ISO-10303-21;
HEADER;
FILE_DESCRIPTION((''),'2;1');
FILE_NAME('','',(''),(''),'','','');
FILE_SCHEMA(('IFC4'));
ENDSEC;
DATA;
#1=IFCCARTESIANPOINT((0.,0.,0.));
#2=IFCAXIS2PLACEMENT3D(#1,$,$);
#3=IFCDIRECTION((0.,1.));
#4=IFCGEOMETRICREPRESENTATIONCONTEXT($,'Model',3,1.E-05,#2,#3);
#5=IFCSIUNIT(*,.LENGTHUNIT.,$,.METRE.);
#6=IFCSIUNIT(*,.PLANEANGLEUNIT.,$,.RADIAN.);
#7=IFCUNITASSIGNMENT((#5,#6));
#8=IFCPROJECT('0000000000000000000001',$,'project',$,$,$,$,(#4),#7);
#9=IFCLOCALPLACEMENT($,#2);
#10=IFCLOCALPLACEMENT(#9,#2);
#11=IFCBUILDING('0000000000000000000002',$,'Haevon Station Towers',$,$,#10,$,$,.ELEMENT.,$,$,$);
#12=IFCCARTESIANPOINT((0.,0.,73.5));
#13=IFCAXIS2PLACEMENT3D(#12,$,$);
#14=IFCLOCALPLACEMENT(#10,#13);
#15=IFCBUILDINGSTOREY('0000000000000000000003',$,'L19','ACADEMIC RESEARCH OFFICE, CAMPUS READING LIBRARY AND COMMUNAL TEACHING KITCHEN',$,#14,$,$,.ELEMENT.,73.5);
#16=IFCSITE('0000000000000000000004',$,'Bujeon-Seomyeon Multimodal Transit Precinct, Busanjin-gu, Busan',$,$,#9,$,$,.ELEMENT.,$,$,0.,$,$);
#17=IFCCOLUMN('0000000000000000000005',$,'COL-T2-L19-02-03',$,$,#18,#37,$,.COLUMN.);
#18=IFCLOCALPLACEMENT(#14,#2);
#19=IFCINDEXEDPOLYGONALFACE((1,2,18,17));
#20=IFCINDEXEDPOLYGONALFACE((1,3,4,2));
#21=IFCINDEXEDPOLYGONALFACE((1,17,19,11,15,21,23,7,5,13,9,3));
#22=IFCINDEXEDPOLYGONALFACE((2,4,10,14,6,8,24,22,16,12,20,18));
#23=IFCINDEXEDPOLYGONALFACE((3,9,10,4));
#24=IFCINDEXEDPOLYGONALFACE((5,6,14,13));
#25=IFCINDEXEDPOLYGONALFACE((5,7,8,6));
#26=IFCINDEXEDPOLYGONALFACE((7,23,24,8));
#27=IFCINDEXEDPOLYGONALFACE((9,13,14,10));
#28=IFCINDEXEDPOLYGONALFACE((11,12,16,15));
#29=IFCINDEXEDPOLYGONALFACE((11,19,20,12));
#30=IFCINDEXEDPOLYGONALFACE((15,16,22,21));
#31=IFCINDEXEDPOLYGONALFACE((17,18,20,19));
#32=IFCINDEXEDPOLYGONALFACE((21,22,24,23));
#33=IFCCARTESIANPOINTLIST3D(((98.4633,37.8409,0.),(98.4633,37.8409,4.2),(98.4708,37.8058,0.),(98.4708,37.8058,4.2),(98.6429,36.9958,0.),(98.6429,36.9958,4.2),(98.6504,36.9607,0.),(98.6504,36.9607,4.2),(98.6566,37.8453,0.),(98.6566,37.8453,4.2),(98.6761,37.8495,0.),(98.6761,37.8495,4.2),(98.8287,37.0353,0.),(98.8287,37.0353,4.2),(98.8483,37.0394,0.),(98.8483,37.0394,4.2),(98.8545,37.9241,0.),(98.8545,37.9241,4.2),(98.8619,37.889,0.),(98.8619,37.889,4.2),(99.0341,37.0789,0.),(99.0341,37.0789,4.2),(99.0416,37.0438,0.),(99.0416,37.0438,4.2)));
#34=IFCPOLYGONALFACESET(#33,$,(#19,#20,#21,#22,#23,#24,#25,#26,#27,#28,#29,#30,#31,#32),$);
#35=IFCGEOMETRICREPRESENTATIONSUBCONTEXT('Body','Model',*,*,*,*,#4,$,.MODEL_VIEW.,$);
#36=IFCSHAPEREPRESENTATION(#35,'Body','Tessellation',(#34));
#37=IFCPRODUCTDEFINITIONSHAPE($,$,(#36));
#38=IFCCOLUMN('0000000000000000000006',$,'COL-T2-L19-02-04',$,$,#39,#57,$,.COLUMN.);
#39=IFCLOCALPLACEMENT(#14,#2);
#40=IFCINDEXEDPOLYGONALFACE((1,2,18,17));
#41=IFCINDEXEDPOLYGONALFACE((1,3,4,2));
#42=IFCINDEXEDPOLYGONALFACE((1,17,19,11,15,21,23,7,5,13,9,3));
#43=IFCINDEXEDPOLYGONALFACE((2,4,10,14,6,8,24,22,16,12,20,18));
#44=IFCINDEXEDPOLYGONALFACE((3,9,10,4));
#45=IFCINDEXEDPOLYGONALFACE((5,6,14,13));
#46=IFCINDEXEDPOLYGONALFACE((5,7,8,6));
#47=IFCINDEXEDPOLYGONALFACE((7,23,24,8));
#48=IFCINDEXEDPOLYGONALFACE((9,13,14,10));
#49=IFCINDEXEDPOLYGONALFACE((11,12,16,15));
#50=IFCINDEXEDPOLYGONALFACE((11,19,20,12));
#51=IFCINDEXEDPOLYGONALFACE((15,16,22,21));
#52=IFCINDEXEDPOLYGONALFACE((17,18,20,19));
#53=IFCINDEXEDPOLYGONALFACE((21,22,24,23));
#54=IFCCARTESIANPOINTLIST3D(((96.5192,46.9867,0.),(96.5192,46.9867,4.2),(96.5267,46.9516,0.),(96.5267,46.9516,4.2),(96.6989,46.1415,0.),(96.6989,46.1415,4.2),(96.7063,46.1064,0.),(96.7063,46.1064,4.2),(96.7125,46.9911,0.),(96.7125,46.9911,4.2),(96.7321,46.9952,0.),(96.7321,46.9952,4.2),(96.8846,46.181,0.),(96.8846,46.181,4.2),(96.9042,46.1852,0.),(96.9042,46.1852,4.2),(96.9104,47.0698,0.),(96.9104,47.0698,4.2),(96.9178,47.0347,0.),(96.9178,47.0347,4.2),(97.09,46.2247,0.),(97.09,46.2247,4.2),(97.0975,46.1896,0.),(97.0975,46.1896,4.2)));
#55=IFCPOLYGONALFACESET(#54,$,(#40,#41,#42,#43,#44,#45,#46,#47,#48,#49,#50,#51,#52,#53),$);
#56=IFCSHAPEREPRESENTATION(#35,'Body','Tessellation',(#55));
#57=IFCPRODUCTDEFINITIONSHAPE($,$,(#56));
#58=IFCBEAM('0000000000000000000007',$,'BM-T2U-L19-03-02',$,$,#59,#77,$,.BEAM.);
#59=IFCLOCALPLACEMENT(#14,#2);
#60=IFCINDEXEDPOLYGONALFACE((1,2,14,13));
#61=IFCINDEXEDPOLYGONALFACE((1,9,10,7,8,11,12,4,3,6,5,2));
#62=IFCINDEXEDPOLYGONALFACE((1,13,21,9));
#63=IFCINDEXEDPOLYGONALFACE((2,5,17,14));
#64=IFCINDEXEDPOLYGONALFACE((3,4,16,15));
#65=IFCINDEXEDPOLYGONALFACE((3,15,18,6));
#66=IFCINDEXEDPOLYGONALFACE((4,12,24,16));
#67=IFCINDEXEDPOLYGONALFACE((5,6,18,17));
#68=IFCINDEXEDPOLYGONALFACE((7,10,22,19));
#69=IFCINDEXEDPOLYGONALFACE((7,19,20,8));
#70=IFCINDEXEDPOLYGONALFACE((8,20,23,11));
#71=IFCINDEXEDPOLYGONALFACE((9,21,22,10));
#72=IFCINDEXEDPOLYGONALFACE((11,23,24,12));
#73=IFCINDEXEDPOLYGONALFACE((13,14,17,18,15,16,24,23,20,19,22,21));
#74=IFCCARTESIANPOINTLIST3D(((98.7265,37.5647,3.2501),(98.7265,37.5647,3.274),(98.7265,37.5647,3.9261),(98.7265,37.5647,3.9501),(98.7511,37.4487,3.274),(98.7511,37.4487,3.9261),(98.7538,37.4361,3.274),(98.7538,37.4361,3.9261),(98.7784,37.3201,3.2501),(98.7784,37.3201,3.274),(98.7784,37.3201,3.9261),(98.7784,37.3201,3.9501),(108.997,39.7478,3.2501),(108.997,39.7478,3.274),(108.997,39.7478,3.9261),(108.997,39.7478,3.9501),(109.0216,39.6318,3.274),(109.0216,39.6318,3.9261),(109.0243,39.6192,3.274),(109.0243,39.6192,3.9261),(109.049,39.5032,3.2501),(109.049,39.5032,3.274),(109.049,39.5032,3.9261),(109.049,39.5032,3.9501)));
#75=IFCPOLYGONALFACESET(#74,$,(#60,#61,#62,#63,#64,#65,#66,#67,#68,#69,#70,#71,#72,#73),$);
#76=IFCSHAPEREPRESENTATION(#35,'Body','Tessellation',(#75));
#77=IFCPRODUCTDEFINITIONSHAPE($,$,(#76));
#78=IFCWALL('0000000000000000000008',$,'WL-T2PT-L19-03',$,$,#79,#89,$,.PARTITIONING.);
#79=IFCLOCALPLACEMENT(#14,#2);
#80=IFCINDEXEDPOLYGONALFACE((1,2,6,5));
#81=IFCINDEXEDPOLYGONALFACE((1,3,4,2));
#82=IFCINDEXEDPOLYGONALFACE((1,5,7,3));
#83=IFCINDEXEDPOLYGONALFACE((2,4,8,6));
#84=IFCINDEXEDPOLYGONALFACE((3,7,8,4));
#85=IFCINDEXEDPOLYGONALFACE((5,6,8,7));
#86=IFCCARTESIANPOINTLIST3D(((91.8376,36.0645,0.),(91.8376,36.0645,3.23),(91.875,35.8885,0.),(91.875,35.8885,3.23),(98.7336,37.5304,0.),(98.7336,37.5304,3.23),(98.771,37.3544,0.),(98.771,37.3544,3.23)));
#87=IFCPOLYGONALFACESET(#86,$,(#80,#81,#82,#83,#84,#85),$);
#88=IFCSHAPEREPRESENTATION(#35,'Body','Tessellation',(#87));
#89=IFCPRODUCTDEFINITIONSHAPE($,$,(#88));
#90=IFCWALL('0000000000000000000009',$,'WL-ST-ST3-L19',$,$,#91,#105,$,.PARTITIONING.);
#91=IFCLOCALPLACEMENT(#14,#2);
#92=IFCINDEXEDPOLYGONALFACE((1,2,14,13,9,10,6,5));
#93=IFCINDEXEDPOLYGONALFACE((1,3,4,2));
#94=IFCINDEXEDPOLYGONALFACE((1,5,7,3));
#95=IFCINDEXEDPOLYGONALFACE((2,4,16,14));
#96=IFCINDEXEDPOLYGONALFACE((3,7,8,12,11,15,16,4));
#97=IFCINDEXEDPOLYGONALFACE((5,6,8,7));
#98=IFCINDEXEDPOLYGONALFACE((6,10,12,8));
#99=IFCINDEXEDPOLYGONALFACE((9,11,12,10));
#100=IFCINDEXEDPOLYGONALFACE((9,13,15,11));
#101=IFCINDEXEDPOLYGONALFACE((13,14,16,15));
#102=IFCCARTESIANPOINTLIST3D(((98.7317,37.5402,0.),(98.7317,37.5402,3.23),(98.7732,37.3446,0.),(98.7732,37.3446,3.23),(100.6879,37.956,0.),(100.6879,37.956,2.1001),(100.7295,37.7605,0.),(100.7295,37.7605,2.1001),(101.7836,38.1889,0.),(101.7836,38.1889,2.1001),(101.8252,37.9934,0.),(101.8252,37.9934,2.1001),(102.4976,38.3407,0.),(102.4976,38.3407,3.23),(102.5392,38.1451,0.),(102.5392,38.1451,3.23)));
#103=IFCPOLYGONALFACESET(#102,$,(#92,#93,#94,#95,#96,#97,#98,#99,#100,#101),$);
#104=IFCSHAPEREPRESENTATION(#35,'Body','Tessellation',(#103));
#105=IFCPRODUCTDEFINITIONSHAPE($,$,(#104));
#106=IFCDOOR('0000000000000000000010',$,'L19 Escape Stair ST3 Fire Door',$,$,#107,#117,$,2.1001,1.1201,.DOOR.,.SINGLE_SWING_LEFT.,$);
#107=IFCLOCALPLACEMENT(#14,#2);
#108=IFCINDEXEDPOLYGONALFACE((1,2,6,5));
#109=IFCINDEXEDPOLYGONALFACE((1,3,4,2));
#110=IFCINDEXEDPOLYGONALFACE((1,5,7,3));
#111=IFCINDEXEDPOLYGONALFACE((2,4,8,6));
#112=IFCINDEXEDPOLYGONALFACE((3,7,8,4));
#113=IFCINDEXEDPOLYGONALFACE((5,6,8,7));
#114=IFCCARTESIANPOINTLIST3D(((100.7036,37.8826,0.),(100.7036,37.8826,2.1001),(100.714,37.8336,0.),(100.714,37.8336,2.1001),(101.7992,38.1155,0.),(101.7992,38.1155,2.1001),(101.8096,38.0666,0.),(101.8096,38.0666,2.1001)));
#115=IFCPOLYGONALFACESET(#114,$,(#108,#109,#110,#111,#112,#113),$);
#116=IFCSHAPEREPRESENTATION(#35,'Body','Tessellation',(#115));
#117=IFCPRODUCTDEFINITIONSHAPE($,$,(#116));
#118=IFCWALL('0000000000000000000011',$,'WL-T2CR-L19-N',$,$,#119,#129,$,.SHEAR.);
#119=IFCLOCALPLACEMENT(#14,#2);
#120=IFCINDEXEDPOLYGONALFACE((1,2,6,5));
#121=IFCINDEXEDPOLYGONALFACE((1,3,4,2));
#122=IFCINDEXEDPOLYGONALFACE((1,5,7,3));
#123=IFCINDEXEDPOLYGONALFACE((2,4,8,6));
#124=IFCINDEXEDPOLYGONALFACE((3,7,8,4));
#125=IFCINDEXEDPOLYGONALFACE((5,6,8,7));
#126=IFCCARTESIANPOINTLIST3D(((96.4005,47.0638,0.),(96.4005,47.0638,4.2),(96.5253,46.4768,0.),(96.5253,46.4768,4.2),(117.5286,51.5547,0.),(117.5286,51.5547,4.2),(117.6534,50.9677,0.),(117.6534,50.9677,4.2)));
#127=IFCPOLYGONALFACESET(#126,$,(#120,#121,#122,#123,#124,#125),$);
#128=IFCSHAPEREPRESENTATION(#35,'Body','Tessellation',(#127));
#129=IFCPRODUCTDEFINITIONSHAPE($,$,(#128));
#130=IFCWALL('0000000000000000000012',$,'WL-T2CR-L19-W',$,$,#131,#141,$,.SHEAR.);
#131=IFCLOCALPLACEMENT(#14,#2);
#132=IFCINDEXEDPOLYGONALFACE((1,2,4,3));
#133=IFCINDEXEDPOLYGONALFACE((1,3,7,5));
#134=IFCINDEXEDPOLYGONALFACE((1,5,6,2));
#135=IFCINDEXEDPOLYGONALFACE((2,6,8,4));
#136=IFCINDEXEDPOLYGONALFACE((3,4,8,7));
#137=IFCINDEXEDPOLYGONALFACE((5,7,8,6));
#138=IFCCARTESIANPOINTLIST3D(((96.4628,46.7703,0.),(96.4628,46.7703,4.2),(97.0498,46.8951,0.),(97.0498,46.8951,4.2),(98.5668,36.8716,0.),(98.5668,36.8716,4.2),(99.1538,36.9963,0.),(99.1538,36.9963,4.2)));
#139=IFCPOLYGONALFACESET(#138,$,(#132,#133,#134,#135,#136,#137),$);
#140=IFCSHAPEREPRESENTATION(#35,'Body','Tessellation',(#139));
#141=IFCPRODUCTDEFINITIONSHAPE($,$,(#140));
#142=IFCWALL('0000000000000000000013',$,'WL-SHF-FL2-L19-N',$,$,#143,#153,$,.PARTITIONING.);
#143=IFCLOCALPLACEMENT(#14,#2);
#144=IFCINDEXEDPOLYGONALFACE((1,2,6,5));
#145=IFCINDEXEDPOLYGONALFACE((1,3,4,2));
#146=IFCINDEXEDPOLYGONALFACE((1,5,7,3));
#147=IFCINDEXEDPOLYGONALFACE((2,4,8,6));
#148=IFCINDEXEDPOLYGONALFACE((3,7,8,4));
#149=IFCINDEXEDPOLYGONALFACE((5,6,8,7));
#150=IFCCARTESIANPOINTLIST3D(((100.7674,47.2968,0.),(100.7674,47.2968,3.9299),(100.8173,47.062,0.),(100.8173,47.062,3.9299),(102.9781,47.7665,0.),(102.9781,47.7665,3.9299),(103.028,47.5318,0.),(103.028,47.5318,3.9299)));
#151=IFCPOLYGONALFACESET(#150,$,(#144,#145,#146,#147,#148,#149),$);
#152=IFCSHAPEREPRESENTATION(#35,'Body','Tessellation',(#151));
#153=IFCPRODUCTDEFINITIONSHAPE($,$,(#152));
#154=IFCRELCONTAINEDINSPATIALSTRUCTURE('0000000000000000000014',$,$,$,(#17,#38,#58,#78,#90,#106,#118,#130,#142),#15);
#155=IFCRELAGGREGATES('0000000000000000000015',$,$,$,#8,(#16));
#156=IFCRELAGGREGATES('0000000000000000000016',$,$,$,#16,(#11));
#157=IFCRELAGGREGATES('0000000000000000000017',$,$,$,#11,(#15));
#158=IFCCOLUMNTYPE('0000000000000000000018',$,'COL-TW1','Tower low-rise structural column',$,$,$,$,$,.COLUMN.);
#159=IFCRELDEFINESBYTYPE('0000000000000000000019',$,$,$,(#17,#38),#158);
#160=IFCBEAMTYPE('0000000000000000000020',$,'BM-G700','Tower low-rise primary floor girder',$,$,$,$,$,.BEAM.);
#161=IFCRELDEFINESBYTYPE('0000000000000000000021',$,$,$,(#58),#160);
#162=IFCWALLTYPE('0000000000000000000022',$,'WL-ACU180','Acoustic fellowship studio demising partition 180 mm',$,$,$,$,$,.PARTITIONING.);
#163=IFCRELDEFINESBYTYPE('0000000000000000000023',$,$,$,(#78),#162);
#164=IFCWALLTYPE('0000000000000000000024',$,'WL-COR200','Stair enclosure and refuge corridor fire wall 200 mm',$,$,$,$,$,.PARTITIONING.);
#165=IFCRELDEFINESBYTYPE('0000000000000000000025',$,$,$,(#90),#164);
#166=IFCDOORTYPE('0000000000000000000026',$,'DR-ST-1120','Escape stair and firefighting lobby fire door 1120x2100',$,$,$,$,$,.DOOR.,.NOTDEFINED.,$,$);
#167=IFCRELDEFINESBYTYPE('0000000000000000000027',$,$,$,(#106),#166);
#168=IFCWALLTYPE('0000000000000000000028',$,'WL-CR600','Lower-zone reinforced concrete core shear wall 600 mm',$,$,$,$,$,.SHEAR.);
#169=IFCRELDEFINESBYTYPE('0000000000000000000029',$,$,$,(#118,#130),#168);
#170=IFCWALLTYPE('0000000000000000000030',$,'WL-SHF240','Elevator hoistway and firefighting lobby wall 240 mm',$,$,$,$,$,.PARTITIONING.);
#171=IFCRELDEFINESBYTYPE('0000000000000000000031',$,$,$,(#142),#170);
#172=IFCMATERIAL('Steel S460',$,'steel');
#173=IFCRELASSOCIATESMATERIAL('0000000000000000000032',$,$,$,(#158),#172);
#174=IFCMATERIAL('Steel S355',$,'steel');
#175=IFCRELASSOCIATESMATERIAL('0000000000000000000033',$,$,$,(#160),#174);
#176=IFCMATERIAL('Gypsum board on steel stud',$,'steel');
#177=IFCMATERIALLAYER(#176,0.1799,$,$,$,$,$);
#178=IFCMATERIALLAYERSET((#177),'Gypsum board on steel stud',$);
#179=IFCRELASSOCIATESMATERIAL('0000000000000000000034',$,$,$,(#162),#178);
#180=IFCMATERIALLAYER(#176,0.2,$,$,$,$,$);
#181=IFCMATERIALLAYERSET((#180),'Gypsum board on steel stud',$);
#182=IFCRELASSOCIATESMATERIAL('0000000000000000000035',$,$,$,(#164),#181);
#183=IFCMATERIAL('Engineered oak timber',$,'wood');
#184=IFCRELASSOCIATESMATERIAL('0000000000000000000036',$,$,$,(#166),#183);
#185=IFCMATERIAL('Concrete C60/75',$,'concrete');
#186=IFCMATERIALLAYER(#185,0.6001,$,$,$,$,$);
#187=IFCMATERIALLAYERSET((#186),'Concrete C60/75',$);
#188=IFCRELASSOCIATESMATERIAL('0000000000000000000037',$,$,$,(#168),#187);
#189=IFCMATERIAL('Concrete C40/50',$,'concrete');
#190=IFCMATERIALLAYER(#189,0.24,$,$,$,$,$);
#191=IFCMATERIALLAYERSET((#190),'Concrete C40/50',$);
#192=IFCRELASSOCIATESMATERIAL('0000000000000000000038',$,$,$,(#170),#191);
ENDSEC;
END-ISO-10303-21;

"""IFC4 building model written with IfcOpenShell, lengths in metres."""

from ifc_helpers import new_model, si_unit, direction, frame, frame_2d, origin, origin_2d, place, context, subcontext, project, spatial, rectangle, i_section, extrude, material, layer, layer_set, material_profile, profile_set, type_object, element, fill, save


model = new_model("IFC4")

# Units and contexts
model_context = context("Model", 3, precision=1e-05, world=origin(), true_north=direction((0.0, 1.0)))
body_context = subcontext(model_context, "Body", "Model", "MODEL_VIEW")
ifc_project = project(units=[si_unit("LENGTHUNIT", "METRE"), si_unit("PLANEANGLEUNIT", "RADIAN")], contexts=[model_context])

# Site, building, storey
site_placement = place(None, origin())
site = spatial("IfcSite", under=ifc_project, at=site_placement, Name="Bujeon-Seomyeon Multimodal Transit Precinct, Busanjin-gu, Busan", CompositionType="ELEMENT", RefElevation=0.0)
building_placement = place(site_placement, origin())
building = spatial("IfcBuilding", under=site, at=building_placement, Name="Haevon Station Towers", CompositionType="ELEMENT")
storey_placement = place(building_placement, frame((0.0, 0.0, 73.5)))
storey = spatial("IfcBuildingStorey", under=building, at=storey_placement, Name="L19", Description="ACADEMIC RESEARCH OFFICE, CAMPUS READING LIBRARY AND COMMUNAL TEACHING KITCHEN", CompositionType="ELEMENT", Elevation=73.5)

# Columns
ifc_material_1 = material(Name="Steel S460", Category="steel")
ifc_material_profile_1 = material_profile(ifc_material_1, i_section(OverallWidth=0.3999, OverallDepth=0.8999, WebThickness=0.02, FlangeThickness=0.0359, at=origin_2d()), Name="H-900x400x20x36")
ifc_profile_set_1 = profile_set([ifc_material_profile_1], Name="Steel S460")
column_type = type_object("IfcColumnType", Name="COL-TW1", Description="Tower low-rise structural column", PredefinedType="COLUMN", material=ifc_profile_set_1)
for number, where, z_axis, x_axis, name in (
    (1, (98.7524, 37.4424, 0.0), (0.0, 0.0, 1.0), (0.978148, 0.207912, 0.0), "COL-T2-L19-02-03"),
    (2, (96.8083, 46.5881, 0.0), (0.0, 0.0, 1.0), (0.978148, 0.207912, 0.0), "COL-T2-L19-02-04"),
):
    element("IfcColumn", number, at=place(storey_placement, frame(where, z_axis=z_axis, x_axis=x_axis)), inside=storey, type_object=column_type, Name=name, PredefinedType="COLUMN", context=body_context, shape_type="SweptSolid", body=[
        extrude(i_section(OverallWidth=0.3999, OverallDepth=0.8999, WebThickness=0.02, FlangeThickness=0.0359, at=origin_2d()), origin(), (0.0, 0.0, 1.0), 4.2),
    ])

# Beam
ifc_material_2 = material(Name="Steel S355", Category="steel")
ifc_material_profile_2 = material_profile(ifc_material_2, i_section(OverallWidth=0.25, OverallDepth=0.7, WebThickness=0.0129, FlangeThickness=0.0239, at=origin_2d()), Name="H-700x250x13x24")
ifc_profile_set_2 = profile_set([ifc_material_profile_2], Name="Steel S355")
beam_type = type_object("IfcBeamType", Name="BM-G700", Description="Tower low-rise primary floor girder", PredefinedType="BEAM", material=ifc_profile_set_2)
beam_placement = place(storey_placement, frame((98.7524, 37.4424, 3.6001), z_axis=(0.978147, 0.207915, 0.0), x_axis=(-0.207915, 0.978147, 0.0)))
element("IfcBeam", 3, at=beam_placement, inside=storey, type_object=beam_type, Name="BM-T2U-L19-03-02", PredefinedType="BEAM", context=body_context, shape_type="SweptSolid", body=[
    extrude(i_section(OverallWidth=0.25, OverallDepth=0.7, WebThickness=0.0129, FlangeThickness=0.0239, at=origin_2d()), origin(), (0.0, 0.0, 1.0), 10.5),
])

# Wall
ifc_material_3 = material(Name="Gypsum board on steel stud", Category="steel")
ifc_layer_1 = layer(ifc_material_3, 0.1799)
ifc_layer_set_1 = layer_set([ifc_layer_1], Name="Gypsum board on steel stud")
wall_type_1 = type_object("IfcWallType", Name="WL-ACU180", Description="Acoustic fellowship studio demising partition 180 mm", PredefinedType="PARTITIONING", material=ifc_layer_set_1)
wall_1_placement = place(storey_placement, frame((91.8564, 35.9766, 0.0), z_axis=(0.0, 0.0, 1.0), x_axis=(0.978147, 0.207916, 0.0)))
element("IfcWall", 4, at=wall_1_placement, inside=storey, type_object=wall_type_1, Name="WL-T2PT-L19-03", PredefinedType="PARTITIONING", context=body_context, shape_type="SweptSolid", body=[
    extrude(rectangle(XDim=7.05, YDim=0.1799, at=frame_2d((3.5249, 0.0))), origin(), (0.0, 0.0, 1.0), 3.23),
])

# Wall, opening, door
ifc_layer_2 = layer(ifc_material_3, 0.2)
ifc_layer_set_2 = layer_set([ifc_layer_2], Name="Gypsum board on steel stud")
wall_type_2 = type_object("IfcWallType", Name="WL-COR200", Description="Stair enclosure and refuge corridor fire wall 200 mm", PredefinedType="PARTITIONING", material=ifc_layer_set_2)
wall_2_placement = place(storey_placement, frame((98.7524, 37.4424, 0.0), z_axis=(0.0, 0.0, 1.0), x_axis=(0.978144, 0.207931, 0.0)))
wall_2 = element("IfcWall", 5, at=wall_2_placement, inside=storey, type_object=wall_type_2, Name="WL-ST-ST3-L19", PredefinedType="PARTITIONING", context=body_context, shape_type="SweptSolid", body=[
    extrude(rectangle(XDim=3.8501, YDim=0.2, at=frame_2d((1.925, 0.0))), origin(), (0.0, 0.0, 1.0), 3.23),
])
opening_1_placement = place(wall_2_placement, frame((2.0, 0.0, 0.0)))
opening_1 = element("IfcOpeningElement", 6, at=opening_1_placement, cuts=wall_2, PredefinedType="OPENING", context=body_context, shape_type="SweptSolid", body=[
    extrude(rectangle(XDim=1.1201, YDim=2.1001, at=frame_2d((0.5601, 1.05))), frame((0.0, 0.1099, 0.0), z_axis=(0.0, -1.0, 0.0), x_axis=(1.0, 0.0, 0.0)), (0.0, 0.0, 1.0), 0.22),
])
ifc_material_4 = material(Name="Engineered oak timber", Category="wood")
door_type_1 = type_object("IfcDoorType", Name="DR-ST-1120", Description="Escape stair and firefighting lobby fire door 1120x2100", OperationType="NOTDEFINED", PredefinedType="DOOR", material=ifc_material_4)
door_1_placement = place(opening_1_placement, origin())
door_1 = element("IfcDoor", 7, at=door_1_placement, inside=storey, type_object=door_type_1, Name="L19 Escape Stair ST3 Fire Door", OperationType="SINGLE_SWING_LEFT", OverallHeight=2.1001, OverallWidth=1.1201, PredefinedType="DOOR", context=body_context, shape_type="SweptSolid", body=[
    extrude(rectangle(XDim=1.1201, YDim=2.1001, at=frame_2d((0.5601, 1.05))), frame((0.0, 0.0249, 0.0), z_axis=(0.0, -1.0, 0.0), x_axis=(1.0, 0.0, 0.0)), (0.0, 0.0, 1.0), 0.05),
])
fill(opening_1, door_1)

# Walls
ifc_material_5 = material(Name="Concrete C60/75", Category="concrete")
ifc_layer_3 = layer(ifc_material_5, 0.6001)
ifc_layer_set_3 = layer_set([ifc_layer_3], Name="Concrete C60/75")
wall_type_3 = type_object("IfcWallType", Name="WL-CR600", Description="Lower-zone reinforced concrete core shear wall 600 mm", PredefinedType="SHEAR", material=ifc_layer_set_3)
wall_3_placement = place(storey_placement, frame((96.4629, 46.7703, 0.0), z_axis=(0.0, 0.0, 1.0), x_axis=(0.978147, 0.207913, 0.0)))
element("IfcWall", 8, at=wall_3_placement, inside=storey, type_object=wall_type_3, Name="WL-T2CR-L19-N", PredefinedType="SHEAR", context=body_context, shape_type="SweptSolid", body=[
    extrude(rectangle(XDim=21.6001, YDim=0.6001, at=frame_2d((10.8, 0.0))), origin(), (0.0, 0.0, 1.0), 4.2),
])
wall_4_placement = place(storey_placement, frame((98.8604, 36.9338, 0.0), z_axis=(0.0, 0.0, 1.0), x_axis=(-0.207909, 0.978148, 0.0)))
element("IfcWall", 9, at=wall_4_placement, inside=storey, type_object=wall_type_3, Name="WL-T2CR-L19-W", PredefinedType="SHEAR", context=body_context, shape_type="SweptSolid", body=[
    extrude(rectangle(XDim=10.1199, YDim=0.6001, at=frame_2d((5.0601, 0.0))), origin(), (0.0, 0.0, 1.0), 4.2),
])

# Shared definitions
ifc_material_6 = material(Name="Concrete C40/50", Category="concrete")
ifc_layer_4 = layer(ifc_material_6, 0.24)
ifc_layer_set_4 = layer_set([ifc_layer_4], Name="Concrete C40/50")
wall_type_4 = type_object("IfcWallType", Name="WL-SHF240", Description="Elevator hoistway and firefighting lobby wall 240 mm", PredefinedType="PARTITIONING", material=ifc_layer_set_4)

# Wall
wall_5_placement = place(storey_placement, frame((100.7925, 47.1794, 0.0), z_axis=(0.0, 0.0, 1.0), x_axis=(0.978163, 0.207839, 0.0)))
element("IfcWall", 10, at=wall_5_placement, inside=storey, type_object=wall_type_4, Name="WL-SHF-FL2-L19-N", PredefinedType="PARTITIONING", context=body_context, shape_type="SweptSolid", body=[
    extrude(rectangle(XDim=2.26, YDim=0.24, at=frame_2d((1.1299, 0.0))), origin(), (0.0, 0.0, 1.0), 3.9299),
])

save(model, "model.ifc")
